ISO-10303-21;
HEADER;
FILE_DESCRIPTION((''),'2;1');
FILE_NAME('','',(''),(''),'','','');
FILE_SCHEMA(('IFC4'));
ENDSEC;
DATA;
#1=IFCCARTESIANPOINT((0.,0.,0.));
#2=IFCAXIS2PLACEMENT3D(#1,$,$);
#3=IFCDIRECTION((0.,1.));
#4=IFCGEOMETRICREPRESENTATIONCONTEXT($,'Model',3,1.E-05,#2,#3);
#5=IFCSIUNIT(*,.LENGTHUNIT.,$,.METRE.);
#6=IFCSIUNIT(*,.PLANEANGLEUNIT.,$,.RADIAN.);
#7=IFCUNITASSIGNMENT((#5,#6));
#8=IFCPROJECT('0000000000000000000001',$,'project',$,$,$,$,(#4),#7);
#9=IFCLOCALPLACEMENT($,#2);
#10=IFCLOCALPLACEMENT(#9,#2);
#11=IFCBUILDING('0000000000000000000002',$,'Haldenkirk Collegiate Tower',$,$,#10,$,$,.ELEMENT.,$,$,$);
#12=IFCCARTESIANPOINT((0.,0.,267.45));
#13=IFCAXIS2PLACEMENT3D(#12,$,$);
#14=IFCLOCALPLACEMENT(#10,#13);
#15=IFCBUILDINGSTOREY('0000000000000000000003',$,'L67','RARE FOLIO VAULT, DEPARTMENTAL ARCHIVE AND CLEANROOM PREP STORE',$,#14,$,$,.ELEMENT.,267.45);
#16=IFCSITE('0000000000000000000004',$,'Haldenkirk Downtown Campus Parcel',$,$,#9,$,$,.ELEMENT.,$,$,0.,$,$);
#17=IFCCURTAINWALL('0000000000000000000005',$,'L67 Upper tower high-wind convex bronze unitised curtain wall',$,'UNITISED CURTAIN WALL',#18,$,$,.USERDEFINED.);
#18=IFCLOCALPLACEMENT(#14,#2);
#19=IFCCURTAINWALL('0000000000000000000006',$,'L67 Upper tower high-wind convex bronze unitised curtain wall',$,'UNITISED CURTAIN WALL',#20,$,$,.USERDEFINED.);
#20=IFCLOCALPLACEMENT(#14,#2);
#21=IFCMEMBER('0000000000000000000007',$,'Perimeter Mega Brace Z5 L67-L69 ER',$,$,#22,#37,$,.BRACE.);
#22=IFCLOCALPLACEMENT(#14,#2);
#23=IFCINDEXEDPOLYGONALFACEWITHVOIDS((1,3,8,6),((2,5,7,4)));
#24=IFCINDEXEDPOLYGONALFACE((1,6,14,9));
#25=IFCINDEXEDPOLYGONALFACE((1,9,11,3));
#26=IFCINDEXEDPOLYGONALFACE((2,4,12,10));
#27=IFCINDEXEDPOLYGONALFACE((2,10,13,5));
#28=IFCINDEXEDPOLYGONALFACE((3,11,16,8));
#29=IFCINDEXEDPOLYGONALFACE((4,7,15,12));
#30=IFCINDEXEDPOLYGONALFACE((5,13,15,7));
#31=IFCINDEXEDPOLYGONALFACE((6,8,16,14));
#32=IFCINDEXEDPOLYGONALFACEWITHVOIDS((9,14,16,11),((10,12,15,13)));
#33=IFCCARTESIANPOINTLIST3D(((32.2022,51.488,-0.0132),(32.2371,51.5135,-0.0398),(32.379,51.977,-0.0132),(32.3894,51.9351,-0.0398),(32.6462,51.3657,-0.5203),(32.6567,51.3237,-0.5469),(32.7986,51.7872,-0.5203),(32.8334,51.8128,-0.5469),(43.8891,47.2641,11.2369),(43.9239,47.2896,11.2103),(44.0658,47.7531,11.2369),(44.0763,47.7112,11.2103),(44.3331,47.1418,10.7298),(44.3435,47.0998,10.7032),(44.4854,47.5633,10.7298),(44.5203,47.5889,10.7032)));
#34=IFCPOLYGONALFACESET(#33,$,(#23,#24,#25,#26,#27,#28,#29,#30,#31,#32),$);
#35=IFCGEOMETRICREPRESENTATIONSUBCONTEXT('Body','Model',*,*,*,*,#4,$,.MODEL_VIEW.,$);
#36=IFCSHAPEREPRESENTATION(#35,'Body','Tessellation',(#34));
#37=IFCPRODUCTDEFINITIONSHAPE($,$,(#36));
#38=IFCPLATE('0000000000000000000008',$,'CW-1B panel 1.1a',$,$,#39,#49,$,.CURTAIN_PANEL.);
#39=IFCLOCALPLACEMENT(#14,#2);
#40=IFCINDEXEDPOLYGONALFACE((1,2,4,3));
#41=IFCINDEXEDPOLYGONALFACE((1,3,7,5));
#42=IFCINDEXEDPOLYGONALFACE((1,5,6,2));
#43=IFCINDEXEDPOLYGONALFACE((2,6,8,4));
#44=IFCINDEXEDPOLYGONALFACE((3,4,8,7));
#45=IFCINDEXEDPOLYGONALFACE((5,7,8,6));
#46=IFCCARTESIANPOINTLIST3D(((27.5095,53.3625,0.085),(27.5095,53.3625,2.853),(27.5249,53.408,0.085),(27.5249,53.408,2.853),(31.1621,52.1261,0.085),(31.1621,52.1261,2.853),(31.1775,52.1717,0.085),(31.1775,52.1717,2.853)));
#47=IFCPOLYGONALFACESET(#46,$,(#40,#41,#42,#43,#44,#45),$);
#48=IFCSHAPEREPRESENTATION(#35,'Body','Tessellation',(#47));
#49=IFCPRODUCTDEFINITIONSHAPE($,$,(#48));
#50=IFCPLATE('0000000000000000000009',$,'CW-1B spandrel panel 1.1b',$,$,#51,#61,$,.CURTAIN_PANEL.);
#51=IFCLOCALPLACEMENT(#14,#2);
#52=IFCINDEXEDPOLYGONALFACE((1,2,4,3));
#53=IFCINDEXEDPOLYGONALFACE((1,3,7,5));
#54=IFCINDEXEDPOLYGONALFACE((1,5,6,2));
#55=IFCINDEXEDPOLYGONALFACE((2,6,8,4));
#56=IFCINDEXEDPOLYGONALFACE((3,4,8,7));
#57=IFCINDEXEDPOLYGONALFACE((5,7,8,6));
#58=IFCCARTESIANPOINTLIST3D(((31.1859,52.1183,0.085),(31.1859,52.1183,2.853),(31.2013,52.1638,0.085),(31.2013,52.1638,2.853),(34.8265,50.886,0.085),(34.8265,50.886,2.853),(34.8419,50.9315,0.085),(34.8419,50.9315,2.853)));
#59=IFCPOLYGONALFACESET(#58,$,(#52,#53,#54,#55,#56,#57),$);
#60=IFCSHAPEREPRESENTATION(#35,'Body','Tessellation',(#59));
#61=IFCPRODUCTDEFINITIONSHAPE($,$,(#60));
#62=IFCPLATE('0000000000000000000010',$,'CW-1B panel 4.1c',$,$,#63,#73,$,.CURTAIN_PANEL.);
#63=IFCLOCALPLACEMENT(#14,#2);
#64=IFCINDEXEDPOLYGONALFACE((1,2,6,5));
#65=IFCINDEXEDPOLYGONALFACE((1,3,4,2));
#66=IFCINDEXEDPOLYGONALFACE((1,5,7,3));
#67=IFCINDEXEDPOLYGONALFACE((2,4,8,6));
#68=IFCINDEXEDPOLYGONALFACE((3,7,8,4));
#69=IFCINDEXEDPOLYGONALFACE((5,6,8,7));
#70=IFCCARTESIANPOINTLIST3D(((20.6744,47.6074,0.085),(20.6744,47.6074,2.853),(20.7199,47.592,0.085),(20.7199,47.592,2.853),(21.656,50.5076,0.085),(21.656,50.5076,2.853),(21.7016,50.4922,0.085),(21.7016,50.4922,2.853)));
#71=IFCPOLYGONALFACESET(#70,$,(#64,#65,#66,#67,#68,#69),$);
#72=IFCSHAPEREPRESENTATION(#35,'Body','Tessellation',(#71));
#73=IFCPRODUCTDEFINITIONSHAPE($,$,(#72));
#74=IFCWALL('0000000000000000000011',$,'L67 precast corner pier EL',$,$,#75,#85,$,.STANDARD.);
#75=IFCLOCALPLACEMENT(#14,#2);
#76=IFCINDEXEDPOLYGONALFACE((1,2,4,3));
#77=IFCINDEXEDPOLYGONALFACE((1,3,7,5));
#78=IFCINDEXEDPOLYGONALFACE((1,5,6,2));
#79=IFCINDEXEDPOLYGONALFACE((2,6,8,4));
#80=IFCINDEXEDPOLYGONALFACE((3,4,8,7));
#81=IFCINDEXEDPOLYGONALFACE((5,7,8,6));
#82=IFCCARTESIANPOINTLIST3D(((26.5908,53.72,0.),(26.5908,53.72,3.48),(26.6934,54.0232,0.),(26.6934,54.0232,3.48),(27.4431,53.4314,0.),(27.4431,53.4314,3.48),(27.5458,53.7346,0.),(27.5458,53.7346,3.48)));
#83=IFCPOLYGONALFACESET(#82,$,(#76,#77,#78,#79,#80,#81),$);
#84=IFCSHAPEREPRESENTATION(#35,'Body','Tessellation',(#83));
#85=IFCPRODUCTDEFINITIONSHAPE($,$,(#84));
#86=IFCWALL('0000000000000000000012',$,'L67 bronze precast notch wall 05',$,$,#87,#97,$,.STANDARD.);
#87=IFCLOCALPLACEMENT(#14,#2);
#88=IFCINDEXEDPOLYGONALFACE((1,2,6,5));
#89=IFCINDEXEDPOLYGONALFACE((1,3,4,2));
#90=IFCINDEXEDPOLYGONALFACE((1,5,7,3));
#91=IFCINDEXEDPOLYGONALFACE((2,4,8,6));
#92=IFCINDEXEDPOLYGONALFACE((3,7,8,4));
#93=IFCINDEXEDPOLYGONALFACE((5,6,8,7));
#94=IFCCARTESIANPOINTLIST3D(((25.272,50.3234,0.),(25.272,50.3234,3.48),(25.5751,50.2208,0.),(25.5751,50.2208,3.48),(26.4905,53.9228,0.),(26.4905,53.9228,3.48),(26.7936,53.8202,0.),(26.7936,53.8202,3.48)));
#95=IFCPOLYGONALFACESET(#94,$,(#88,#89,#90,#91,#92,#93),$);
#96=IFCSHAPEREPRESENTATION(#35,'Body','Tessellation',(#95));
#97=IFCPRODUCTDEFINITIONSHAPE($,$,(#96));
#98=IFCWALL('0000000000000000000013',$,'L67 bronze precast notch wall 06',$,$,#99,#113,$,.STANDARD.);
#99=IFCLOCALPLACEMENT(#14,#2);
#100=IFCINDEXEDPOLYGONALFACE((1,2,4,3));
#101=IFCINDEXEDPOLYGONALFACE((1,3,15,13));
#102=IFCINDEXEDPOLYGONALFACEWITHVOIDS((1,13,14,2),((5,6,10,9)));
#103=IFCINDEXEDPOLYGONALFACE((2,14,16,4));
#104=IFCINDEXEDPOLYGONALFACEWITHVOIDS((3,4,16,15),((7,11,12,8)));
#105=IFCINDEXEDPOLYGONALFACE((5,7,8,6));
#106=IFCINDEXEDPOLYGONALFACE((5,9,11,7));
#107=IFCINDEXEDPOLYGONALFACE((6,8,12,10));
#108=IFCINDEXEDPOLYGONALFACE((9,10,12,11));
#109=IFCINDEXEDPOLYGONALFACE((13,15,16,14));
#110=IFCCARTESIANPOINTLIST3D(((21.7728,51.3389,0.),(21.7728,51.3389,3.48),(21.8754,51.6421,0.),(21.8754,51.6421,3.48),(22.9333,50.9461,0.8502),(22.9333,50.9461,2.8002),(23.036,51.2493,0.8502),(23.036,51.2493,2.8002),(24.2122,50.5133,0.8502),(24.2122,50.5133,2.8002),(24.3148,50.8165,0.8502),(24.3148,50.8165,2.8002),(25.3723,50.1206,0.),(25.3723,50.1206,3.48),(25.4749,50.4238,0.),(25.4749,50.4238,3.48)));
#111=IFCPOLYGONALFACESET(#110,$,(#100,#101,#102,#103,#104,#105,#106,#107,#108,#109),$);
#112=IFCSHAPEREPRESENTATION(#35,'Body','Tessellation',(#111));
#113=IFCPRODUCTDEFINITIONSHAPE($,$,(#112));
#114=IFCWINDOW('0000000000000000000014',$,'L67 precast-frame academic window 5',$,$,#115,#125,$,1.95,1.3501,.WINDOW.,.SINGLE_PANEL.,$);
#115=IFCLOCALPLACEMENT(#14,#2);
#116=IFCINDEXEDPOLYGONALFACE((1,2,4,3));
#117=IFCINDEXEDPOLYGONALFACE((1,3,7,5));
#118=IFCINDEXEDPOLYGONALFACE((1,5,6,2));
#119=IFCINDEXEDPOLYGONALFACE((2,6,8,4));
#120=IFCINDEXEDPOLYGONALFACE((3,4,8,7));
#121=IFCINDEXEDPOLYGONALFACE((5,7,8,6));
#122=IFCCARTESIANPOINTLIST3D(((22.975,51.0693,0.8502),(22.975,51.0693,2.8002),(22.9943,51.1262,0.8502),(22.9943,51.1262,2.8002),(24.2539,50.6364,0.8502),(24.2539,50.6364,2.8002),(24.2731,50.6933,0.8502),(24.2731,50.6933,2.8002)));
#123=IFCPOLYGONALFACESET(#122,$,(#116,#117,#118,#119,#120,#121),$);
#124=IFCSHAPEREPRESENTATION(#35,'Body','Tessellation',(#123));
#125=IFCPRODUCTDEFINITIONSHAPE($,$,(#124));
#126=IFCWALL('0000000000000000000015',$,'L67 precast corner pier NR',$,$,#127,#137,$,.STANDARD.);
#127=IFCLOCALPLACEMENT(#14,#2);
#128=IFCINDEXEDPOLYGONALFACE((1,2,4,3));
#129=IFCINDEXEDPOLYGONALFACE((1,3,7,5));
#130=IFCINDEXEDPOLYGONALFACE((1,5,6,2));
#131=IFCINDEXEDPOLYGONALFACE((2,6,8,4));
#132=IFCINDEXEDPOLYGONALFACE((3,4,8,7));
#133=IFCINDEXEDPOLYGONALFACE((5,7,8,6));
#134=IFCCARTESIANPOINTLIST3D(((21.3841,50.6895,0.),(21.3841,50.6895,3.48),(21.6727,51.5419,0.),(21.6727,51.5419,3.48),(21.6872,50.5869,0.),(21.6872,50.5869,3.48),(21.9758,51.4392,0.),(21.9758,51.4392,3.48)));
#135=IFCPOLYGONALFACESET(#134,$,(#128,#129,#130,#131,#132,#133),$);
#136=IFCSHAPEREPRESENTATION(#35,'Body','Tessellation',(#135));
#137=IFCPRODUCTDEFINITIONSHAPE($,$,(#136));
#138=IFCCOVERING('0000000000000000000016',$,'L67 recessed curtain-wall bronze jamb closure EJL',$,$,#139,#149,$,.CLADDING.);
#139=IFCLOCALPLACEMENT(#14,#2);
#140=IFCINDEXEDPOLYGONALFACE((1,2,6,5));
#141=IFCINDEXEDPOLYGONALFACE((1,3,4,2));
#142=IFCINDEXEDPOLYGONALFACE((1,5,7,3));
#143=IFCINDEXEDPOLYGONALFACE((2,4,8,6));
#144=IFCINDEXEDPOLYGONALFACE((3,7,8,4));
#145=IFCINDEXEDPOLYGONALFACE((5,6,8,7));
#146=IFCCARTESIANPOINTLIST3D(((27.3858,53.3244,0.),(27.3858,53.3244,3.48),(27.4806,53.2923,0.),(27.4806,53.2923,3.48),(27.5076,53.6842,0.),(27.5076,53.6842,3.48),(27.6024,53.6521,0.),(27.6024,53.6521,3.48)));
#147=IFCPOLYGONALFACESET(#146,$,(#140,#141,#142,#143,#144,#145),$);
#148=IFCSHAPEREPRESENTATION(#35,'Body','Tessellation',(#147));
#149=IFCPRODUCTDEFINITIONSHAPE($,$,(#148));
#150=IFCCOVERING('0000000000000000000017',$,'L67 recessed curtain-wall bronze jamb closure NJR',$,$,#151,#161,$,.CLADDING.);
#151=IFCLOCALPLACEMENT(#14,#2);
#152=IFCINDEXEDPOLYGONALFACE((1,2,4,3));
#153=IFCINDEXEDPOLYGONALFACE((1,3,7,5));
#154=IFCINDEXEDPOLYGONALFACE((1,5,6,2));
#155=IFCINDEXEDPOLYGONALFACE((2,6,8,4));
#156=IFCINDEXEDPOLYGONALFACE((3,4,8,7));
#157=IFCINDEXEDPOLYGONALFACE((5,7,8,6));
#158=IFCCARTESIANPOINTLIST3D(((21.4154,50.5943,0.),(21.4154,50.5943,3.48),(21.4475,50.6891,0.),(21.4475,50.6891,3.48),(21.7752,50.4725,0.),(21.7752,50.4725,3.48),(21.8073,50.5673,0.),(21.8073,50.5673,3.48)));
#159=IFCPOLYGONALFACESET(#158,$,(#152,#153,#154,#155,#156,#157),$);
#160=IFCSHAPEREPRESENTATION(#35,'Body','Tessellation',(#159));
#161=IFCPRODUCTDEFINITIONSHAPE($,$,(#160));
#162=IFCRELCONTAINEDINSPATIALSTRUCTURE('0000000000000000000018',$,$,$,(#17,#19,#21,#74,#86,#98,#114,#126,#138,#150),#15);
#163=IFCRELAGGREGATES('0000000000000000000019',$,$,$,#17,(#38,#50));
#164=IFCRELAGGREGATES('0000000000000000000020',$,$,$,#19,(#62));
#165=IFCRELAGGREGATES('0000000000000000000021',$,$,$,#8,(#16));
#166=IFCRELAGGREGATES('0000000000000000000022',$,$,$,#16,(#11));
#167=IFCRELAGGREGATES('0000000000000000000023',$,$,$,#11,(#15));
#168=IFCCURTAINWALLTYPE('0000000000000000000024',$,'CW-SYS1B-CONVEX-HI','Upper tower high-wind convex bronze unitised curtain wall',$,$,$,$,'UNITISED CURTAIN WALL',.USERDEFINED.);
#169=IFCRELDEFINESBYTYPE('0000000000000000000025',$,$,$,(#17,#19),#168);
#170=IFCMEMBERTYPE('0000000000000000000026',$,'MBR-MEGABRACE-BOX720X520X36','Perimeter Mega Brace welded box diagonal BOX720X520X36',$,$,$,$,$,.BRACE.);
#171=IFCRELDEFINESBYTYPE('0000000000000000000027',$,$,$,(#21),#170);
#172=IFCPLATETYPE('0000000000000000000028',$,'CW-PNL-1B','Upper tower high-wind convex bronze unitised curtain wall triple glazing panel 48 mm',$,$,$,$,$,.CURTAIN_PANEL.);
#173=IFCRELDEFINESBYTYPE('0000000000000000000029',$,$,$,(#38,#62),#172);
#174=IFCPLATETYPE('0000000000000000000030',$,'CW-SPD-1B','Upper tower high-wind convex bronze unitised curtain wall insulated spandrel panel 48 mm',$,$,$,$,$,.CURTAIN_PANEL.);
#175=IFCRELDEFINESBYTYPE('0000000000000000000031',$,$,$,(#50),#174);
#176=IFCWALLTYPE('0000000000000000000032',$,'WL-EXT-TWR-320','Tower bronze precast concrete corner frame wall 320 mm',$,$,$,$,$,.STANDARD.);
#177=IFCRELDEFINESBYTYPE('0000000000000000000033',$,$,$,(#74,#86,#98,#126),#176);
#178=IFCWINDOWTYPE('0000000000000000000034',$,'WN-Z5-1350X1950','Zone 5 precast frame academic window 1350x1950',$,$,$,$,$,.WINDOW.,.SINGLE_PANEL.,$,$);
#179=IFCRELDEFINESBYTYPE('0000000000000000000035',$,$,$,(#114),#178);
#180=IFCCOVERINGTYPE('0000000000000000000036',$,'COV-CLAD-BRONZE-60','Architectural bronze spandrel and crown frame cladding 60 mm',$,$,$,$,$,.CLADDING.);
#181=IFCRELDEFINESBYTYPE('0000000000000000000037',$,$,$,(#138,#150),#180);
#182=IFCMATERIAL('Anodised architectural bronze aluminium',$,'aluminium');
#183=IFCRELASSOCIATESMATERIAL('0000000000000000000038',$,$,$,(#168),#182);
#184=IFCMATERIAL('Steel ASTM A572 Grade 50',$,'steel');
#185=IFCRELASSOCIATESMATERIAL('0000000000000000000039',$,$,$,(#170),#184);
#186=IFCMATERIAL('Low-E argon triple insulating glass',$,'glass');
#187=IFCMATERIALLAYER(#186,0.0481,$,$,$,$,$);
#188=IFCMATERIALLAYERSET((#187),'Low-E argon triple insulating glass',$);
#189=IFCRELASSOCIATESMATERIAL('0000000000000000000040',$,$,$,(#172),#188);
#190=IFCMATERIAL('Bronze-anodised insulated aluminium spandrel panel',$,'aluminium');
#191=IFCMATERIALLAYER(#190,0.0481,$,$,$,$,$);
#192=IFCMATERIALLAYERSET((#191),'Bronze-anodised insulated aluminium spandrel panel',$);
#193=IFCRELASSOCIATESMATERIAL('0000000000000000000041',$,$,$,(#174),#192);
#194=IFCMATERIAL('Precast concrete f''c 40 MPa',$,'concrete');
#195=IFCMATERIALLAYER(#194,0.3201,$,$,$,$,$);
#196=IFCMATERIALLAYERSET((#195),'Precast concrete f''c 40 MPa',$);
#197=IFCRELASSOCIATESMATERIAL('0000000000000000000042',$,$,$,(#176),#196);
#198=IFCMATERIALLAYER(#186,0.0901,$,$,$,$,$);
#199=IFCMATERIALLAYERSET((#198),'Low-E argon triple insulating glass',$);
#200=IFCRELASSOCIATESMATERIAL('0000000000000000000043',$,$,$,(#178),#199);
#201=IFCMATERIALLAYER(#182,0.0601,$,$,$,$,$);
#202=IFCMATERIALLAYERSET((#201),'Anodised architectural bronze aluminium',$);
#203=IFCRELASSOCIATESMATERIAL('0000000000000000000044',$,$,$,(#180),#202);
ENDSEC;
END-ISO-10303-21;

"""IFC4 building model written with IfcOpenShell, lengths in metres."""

from ifc_helpers import new_model, si_unit, direction, frame, frame_2d, origin, origin_2d, place, context, subcontext, project, spatial, rectangle, hollow_rectangle, extrude, source, transform, mapped, material, layer, layer_set, material_profile, profile_set, type_object, element, fill, aggregate, save


model = new_model("IFC4")

# Units and contexts
model_context = context("Model", 3, precision=1e-05, world=origin(), true_north=direction((0.0, 1.0)))
body_context = subcontext(model_context, "Body", "Model", "MODEL_VIEW")
ifc_project = project(units=[si_unit("LENGTHUNIT", "METRE"), si_unit("PLANEANGLEUNIT", "RADIAN")], contexts=[model_context])

# Site, building, storey
site_placement = place(None, origin())
site = spatial("IfcSite", under=ifc_project, at=site_placement, Name="Haldenkirk Downtown Campus Parcel", CompositionType="ELEMENT", RefElevation=0.0)
building_placement = place(site_placement, origin())
building = spatial("IfcBuilding", under=site, at=building_placement, Name="Haldenkirk Collegiate Tower", CompositionType="ELEMENT")
storey_placement = place(building_placement, frame((0.0, 0.0, 267.45)))
storey = spatial("IfcBuildingStorey", under=building, at=storey_placement, Name="L67", Description="RARE FOLIO VAULT, DEPARTMENTAL ARCHIVE AND CLEANROOM PREP STORE", CompositionType="ELEMENT", Elevation=267.45)

# Shared definitions
ifc_material_1 = material(Name="Steel ASTM A572 Grade 50", Category="steel")

# Curtain walls
ifc_material_2 = material(Name="Anodised architectural bronze aluminium", Category="aluminium")
curtain_wall_type = type_object("IfcCurtainWallType", Name="CW-SYS1B-CONVEX-HI", Description="Upper tower high-wind convex bronze unitised curtain wall", ElementType="UNITISED CURTAIN WALL", PredefinedType="USERDEFINED", material=ifc_material_2)
curtain_wall_1_placement = place(storey_placement, origin())
curtain_wall_1 = element("IfcCurtainWall", 1, at=curtain_wall_1_placement, inside=storey, type_object=curtain_wall_type, Name="L67 Upper tower high-wind convex bronze unitised curtain wall", ObjectType="UNITISED CURTAIN WALL", PredefinedType="USERDEFINED")
curtain_wall_2_placement = place(storey_placement, origin())
curtain_wall_2 = element("IfcCurtainWall", 2, at=curtain_wall_2_placement, inside=storey, type_object=curtain_wall_type, Name="L67 Upper tower high-wind convex bronze unitised curtain wall", ObjectType="UNITISED CURTAIN WALL", PredefinedType="USERDEFINED")

# Member
ifc_material_profile_1 = material_profile(ifc_material_1, hollow_rectangle(XDim=0.52, YDim=0.72, WallThickness=0.0359, at=origin_2d()), Name="BOX720X520X36")
ifc_profile_set_1 = profile_set([ifc_material_profile_1], Name="Steel ASTM A572 Grade 50")
member_type_1 = type_object("IfcMemberType", Name="MBR-MEGABRACE-BOX720X520X36", Description="Perimeter Mega Brace welded box diagonal BOX720X520X36", PredefinedType="BRACE", material=ifc_profile_set_1)
member_1_placement = place(storey_placement, frame((32.5178, 51.6504, -0.28), z_axis=(0.697194, -0.251982, 0.671138), x_axis=(0.339905, 0.94046, 0.0)))
element("IfcMember", 3, at=member_1_placement, inside=storey, type_object=member_type_1, Name="Perimeter Mega Brace Z5 L67-L69 ER", PredefinedType="BRACE", context=body_context, shape_type="SweptSolid", body=[
    extrude(hollow_rectangle(XDim=0.52, YDim=0.72, WallThickness=0.0359, at=origin_2d()), origin(), (0.0, 0.0, 1.0), 16.7627),
])

# Plates
ifc_material_3 = material(Name="Low-E argon triple insulating glass", Category="glass")
ifc_layer_1 = layer(ifc_material_3, 0.0481)
ifc_layer_set_1 = layer_set([ifc_layer_1], Name="Low-E argon triple insulating glass")
plate_type_1 = type_object("IfcPlateType", Name="CW-PNL-1B", Description="Upper tower high-wind convex bronze unitised curtain wall triple glazing panel 48 mm", PredefinedType="CURTAIN_PANEL", material=ifc_layer_set_1)
shared_shape_1 = source(origin(), body_context, "Body", "SweptSolid", [
    extrude(rectangle(XDim=3.8562, YDim=0.0481, at=origin_2d()), origin(), (0.0, 0.0, 1.0), 2.7681),
])
plate_1_placement = place(storey_placement, frame((29.3435, 52.7671, 0.085), z_axis=(0.0, 0.0, 1.0), x_axis=(0.94721, -0.320614, 0.0)))
plate_1 = element("IfcPlate", 4, at=plate_1_placement, type_object=plate_type_1, Name="CW-1B panel 1.1a", PredefinedType="CURTAIN_PANEL", context=body_context, shape_type="MappedRepresentation", body=[
    mapped(shared_shape_1, transform((0.0, 0.0, 0.0), x_axis=(1.0, 0.0, 0.0), y_axis=(0.0, 1.0, 0.0), z_axis=(0.0, 0.0, 1.0), scale=1.0)),
])
ifc_material_4 = material(Name="Bronze-anodised insulated aluminium spandrel panel", Category="aluminium")
ifc_layer_2 = layer(ifc_material_4, 0.0481)
ifc_layer_set_2 = layer_set([ifc_layer_2], Name="Bronze-anodised insulated aluminium spandrel panel")
plate_type_2 = type_object("IfcPlateType", Name="CW-SPD-1B", Description="Upper tower high-wind convex bronze unitised curtain wall insulated spandrel panel 48 mm", PredefinedType="CURTAIN_PANEL", material=ifc_layer_set_2)
shared_shape_2 = source(origin(), body_context, "Body", "SweptSolid", [
    extrude(rectangle(XDim=3.8435, YDim=0.0481, at=origin_2d()), origin(), (0.0, 0.0, 1.0), 2.7681),
])
plate_2_placement = place(storey_placement, frame((33.0139, 51.5249, 0.085), z_axis=(0.0, 0.0, 1.0), x_axis=(0.94721, -0.320614, 0.0)))
plate_2 = element("IfcPlate", 5, at=plate_2_placement, type_object=plate_type_2, Name="CW-1B spandrel panel 1.1b", PredefinedType="CURTAIN_PANEL", context=body_context, shape_type="MappedRepresentation", body=[
    mapped(shared_shape_2, transform((0.0, 0.0, 0.0), x_axis=(1.0, 0.0, 0.0), y_axis=(0.0, 1.0, 0.0), z_axis=(0.0, 0.0, 1.0), scale=1.0)),
])
aggregate(curtain_wall_1, [plate_1, plate_2])
shared_shape_3 = source(origin(), body_context, "Body", "SweptSolid", [
    extrude(rectangle(XDim=3.0618, YDim=0.0481, at=origin_2d()), origin(), (0.0, 0.0, 1.0), 2.7681),
])
plate_3_placement = place(storey_placement, frame((21.188, 49.0498, 0.085), z_axis=(0.0, 0.0, 1.0), x_axis=(0.320612, 0.947211, 0.0)))
plate_3 = element("IfcPlate", 6, at=plate_3_placement, type_object=plate_type_1, Name="CW-1B panel 4.1c", PredefinedType="CURTAIN_PANEL", context=body_context, shape_type="MappedRepresentation", body=[
    mapped(shared_shape_3, transform((0.0, 0.0, 0.0), x_axis=(1.0, 0.0, 0.0), y_axis=(0.0, 1.0, 0.0), z_axis=(0.0, 0.0, 1.0), scale=1.0)),
])
aggregate(curtain_wall_2, [plate_3])

# Walls
ifc_material_5 = material(Name="Precast concrete f'c 40 MPa", Category="concrete")
ifc_layer_3 = layer(ifc_material_5, 0.3201)
ifc_layer_set_3 = layer_set([ifc_layer_3], Name="Precast concrete f'c 40 MPa")
wall_type = type_object("IfcWallType", Name="WL-EXT-TWR-320", Description="Tower bronze precast concrete corner frame wall 320 mm", PredefinedType="STANDARD", material=ifc_layer_set_3)
wall_1_placement = place(storey_placement, frame((26.6421, 53.8716, 0.0), z_axis=(0.0, 0.0, 1.0), x_axis=(0.94718, -0.320701, 0.0)))
element("IfcWall", 7, at=wall_1_placement, inside=storey, type_object=wall_type, Name="L67 precast corner pier EL", PredefinedType="STANDARD", context=body_context, shape_type="SweptSolid", body=[
    extrude(rectangle(XDim=0.8999, YDim=0.3201, at=frame_2d((0.45, 0.0))), origin(), (0.0, 0.0, 1.0), 3.48),
])
wall_2_placement = place(storey_placement, frame((25.4236, 50.2722, 0.0), z_axis=(0.0, 0.0, 1.0), x_axis=(0.320657, 0.947195, 0.0)))
element("IfcWall", 8, at=wall_2_placement, inside=storey, type_object=wall_type, Name="L67 bronze precast notch wall 05", PredefinedType="STANDARD", context=body_context, shape_type="SweptSolid", body=[
    extrude(rectangle(XDim=3.8, YDim=0.3201, at=frame_2d((1.8999, 0.0))), origin(), (0.0, 0.0, 1.0), 3.48),
])

# Wall, opening, window
wall_3_placement = place(storey_placement, frame((21.8242, 51.4905, 0.0), z_axis=(0.0, 0.0, 1.0), x_axis=(0.947215, -0.3206, 0.0)))
wall_3 = element("IfcWall", 9, at=wall_3_placement, inside=storey, type_object=wall_type, Name="L67 bronze precast notch wall 06", PredefinedType="STANDARD", context=body_context, shape_type="SweptSolid", body=[
    extrude(rectangle(XDim=3.8, YDim=0.3201, at=frame_2d((1.8999, 0.0))), origin(), (0.0, 0.0, 1.0), 3.48),
])
opening_placement = place(wall_3_placement, frame((1.2251, 0.0, 0.8501)))
opening = element("IfcOpeningElement", 10, at=opening_placement, cuts=wall_3, PredefinedType="OPENING", context=body_context, shape_type="SweptSolid", body=[
    extrude(rectangle(XDim=1.3501, YDim=1.95, at=frame_2d((0.675, 0.9751))), frame((0.0, 0.1699, 0.0), z_axis=(0.0, -1.0, 0.0), x_axis=(1.0, 0.0, 0.0)), (0.0, 0.0, 1.0), 0.3401),
])
ifc_layer_4 = layer(ifc_material_3, 0.0901)
ifc_layer_set_4 = layer_set([ifc_layer_4], Name="Low-E argon triple insulating glass")
window_type = type_object("IfcWindowType", Name="WN-Z5-1350X1950", Description="Zone 5 precast frame academic window 1350x1950", PartitioningType="SINGLE_PANEL", PredefinedType="WINDOW", material=ifc_layer_set_4)
window_placement = place(opening_placement, origin())
window = element("IfcWindow", 11, at=window_placement, inside=storey, type_object=window_type, Name="L67 precast-frame academic window 5", OverallHeight=1.95, OverallWidth=1.3501, PartitioningType="SINGLE_PANEL", PredefinedType="WINDOW", context=body_context, shape_type="SweptSolid", body=[
    extrude(rectangle(XDim=1.3501, YDim=1.95, at=frame_2d((0.675, 0.9751))), frame((0.0, 0.03, 0.0), z_axis=(0.0, -1.0, 0.0), x_axis=(1.0, 0.0, 0.0)), (0.0, 0.0, 1.0), 0.0601),
])
fill(opening, window)

# Wall
wall_4_placement = place(storey_placement, frame((21.5356, 50.6382, 0.0), z_axis=(0.0, 0.0, 1.0), x_axis=(0.320701, 0.94718, 0.0)))
element("IfcWall", 12, at=wall_4_placement, inside=storey, type_object=wall_type, Name="L67 precast corner pier NR", PredefinedType="STANDARD", context=body_context, shape_type="SweptSolid", body=[
    extrude(rectangle(XDim=0.8999, YDim=0.3201, at=frame_2d((0.45, 0.0))), origin(), (0.0, 0.0, 1.0), 3.48),
])

# Coverings
ifc_layer_5 = layer(ifc_material_2, 0.0601)
ifc_layer_set_5 = layer_set([ifc_layer_5], Name="Anodised architectural bronze aluminium")
covering_type = type_object("IfcCoveringType", Name="COV-CLAD-BRONZE-60", Description="Architectural bronze spandrel and crown frame cladding 60 mm", PredefinedType="CLADDING", material=ifc_layer_set_5)
shared_shape_4 = source(origin(), body_context, "Body", "SweptSolid", [
    extrude(rectangle(XDim=0.1001, YDim=0.3799, at=origin_2d()), origin(), (0.0, 0.0, 1.0), 3.48),
])
for number, where, z_axis, x_axis, name in (
    (13, (27.4941, 53.4883, 0.0), (0.0, 0.0, 1.0), (0.94721, -0.320613, 0.0), "L67 recessed curtain-wall bronze jamb closure EJL"),
    (14, (21.6113, 50.5808, 0.0), (0.0, 0.0, 1.0), (0.320613, 0.94721, 0.0), "L67 recessed curtain-wall bronze jamb closure NJR"),
):
    element("IfcCovering", number, at=place(storey_placement, frame(where, z_axis=z_axis, x_axis=x_axis)), inside=storey, type_object=covering_type, Name=name, PredefinedType="CLADDING", context=body_context, shape_type="MappedRepresentation", body=[
        mapped(shared_shape_4, transform((0.0, 0.0, 0.0), x_axis=(1.0, 0.0, 0.0), y_axis=(0.0, 1.0, 0.0), z_axis=(0.0, 0.0, 1.0), scale=1.0)),
    ])

save(model, "model.ifc")
